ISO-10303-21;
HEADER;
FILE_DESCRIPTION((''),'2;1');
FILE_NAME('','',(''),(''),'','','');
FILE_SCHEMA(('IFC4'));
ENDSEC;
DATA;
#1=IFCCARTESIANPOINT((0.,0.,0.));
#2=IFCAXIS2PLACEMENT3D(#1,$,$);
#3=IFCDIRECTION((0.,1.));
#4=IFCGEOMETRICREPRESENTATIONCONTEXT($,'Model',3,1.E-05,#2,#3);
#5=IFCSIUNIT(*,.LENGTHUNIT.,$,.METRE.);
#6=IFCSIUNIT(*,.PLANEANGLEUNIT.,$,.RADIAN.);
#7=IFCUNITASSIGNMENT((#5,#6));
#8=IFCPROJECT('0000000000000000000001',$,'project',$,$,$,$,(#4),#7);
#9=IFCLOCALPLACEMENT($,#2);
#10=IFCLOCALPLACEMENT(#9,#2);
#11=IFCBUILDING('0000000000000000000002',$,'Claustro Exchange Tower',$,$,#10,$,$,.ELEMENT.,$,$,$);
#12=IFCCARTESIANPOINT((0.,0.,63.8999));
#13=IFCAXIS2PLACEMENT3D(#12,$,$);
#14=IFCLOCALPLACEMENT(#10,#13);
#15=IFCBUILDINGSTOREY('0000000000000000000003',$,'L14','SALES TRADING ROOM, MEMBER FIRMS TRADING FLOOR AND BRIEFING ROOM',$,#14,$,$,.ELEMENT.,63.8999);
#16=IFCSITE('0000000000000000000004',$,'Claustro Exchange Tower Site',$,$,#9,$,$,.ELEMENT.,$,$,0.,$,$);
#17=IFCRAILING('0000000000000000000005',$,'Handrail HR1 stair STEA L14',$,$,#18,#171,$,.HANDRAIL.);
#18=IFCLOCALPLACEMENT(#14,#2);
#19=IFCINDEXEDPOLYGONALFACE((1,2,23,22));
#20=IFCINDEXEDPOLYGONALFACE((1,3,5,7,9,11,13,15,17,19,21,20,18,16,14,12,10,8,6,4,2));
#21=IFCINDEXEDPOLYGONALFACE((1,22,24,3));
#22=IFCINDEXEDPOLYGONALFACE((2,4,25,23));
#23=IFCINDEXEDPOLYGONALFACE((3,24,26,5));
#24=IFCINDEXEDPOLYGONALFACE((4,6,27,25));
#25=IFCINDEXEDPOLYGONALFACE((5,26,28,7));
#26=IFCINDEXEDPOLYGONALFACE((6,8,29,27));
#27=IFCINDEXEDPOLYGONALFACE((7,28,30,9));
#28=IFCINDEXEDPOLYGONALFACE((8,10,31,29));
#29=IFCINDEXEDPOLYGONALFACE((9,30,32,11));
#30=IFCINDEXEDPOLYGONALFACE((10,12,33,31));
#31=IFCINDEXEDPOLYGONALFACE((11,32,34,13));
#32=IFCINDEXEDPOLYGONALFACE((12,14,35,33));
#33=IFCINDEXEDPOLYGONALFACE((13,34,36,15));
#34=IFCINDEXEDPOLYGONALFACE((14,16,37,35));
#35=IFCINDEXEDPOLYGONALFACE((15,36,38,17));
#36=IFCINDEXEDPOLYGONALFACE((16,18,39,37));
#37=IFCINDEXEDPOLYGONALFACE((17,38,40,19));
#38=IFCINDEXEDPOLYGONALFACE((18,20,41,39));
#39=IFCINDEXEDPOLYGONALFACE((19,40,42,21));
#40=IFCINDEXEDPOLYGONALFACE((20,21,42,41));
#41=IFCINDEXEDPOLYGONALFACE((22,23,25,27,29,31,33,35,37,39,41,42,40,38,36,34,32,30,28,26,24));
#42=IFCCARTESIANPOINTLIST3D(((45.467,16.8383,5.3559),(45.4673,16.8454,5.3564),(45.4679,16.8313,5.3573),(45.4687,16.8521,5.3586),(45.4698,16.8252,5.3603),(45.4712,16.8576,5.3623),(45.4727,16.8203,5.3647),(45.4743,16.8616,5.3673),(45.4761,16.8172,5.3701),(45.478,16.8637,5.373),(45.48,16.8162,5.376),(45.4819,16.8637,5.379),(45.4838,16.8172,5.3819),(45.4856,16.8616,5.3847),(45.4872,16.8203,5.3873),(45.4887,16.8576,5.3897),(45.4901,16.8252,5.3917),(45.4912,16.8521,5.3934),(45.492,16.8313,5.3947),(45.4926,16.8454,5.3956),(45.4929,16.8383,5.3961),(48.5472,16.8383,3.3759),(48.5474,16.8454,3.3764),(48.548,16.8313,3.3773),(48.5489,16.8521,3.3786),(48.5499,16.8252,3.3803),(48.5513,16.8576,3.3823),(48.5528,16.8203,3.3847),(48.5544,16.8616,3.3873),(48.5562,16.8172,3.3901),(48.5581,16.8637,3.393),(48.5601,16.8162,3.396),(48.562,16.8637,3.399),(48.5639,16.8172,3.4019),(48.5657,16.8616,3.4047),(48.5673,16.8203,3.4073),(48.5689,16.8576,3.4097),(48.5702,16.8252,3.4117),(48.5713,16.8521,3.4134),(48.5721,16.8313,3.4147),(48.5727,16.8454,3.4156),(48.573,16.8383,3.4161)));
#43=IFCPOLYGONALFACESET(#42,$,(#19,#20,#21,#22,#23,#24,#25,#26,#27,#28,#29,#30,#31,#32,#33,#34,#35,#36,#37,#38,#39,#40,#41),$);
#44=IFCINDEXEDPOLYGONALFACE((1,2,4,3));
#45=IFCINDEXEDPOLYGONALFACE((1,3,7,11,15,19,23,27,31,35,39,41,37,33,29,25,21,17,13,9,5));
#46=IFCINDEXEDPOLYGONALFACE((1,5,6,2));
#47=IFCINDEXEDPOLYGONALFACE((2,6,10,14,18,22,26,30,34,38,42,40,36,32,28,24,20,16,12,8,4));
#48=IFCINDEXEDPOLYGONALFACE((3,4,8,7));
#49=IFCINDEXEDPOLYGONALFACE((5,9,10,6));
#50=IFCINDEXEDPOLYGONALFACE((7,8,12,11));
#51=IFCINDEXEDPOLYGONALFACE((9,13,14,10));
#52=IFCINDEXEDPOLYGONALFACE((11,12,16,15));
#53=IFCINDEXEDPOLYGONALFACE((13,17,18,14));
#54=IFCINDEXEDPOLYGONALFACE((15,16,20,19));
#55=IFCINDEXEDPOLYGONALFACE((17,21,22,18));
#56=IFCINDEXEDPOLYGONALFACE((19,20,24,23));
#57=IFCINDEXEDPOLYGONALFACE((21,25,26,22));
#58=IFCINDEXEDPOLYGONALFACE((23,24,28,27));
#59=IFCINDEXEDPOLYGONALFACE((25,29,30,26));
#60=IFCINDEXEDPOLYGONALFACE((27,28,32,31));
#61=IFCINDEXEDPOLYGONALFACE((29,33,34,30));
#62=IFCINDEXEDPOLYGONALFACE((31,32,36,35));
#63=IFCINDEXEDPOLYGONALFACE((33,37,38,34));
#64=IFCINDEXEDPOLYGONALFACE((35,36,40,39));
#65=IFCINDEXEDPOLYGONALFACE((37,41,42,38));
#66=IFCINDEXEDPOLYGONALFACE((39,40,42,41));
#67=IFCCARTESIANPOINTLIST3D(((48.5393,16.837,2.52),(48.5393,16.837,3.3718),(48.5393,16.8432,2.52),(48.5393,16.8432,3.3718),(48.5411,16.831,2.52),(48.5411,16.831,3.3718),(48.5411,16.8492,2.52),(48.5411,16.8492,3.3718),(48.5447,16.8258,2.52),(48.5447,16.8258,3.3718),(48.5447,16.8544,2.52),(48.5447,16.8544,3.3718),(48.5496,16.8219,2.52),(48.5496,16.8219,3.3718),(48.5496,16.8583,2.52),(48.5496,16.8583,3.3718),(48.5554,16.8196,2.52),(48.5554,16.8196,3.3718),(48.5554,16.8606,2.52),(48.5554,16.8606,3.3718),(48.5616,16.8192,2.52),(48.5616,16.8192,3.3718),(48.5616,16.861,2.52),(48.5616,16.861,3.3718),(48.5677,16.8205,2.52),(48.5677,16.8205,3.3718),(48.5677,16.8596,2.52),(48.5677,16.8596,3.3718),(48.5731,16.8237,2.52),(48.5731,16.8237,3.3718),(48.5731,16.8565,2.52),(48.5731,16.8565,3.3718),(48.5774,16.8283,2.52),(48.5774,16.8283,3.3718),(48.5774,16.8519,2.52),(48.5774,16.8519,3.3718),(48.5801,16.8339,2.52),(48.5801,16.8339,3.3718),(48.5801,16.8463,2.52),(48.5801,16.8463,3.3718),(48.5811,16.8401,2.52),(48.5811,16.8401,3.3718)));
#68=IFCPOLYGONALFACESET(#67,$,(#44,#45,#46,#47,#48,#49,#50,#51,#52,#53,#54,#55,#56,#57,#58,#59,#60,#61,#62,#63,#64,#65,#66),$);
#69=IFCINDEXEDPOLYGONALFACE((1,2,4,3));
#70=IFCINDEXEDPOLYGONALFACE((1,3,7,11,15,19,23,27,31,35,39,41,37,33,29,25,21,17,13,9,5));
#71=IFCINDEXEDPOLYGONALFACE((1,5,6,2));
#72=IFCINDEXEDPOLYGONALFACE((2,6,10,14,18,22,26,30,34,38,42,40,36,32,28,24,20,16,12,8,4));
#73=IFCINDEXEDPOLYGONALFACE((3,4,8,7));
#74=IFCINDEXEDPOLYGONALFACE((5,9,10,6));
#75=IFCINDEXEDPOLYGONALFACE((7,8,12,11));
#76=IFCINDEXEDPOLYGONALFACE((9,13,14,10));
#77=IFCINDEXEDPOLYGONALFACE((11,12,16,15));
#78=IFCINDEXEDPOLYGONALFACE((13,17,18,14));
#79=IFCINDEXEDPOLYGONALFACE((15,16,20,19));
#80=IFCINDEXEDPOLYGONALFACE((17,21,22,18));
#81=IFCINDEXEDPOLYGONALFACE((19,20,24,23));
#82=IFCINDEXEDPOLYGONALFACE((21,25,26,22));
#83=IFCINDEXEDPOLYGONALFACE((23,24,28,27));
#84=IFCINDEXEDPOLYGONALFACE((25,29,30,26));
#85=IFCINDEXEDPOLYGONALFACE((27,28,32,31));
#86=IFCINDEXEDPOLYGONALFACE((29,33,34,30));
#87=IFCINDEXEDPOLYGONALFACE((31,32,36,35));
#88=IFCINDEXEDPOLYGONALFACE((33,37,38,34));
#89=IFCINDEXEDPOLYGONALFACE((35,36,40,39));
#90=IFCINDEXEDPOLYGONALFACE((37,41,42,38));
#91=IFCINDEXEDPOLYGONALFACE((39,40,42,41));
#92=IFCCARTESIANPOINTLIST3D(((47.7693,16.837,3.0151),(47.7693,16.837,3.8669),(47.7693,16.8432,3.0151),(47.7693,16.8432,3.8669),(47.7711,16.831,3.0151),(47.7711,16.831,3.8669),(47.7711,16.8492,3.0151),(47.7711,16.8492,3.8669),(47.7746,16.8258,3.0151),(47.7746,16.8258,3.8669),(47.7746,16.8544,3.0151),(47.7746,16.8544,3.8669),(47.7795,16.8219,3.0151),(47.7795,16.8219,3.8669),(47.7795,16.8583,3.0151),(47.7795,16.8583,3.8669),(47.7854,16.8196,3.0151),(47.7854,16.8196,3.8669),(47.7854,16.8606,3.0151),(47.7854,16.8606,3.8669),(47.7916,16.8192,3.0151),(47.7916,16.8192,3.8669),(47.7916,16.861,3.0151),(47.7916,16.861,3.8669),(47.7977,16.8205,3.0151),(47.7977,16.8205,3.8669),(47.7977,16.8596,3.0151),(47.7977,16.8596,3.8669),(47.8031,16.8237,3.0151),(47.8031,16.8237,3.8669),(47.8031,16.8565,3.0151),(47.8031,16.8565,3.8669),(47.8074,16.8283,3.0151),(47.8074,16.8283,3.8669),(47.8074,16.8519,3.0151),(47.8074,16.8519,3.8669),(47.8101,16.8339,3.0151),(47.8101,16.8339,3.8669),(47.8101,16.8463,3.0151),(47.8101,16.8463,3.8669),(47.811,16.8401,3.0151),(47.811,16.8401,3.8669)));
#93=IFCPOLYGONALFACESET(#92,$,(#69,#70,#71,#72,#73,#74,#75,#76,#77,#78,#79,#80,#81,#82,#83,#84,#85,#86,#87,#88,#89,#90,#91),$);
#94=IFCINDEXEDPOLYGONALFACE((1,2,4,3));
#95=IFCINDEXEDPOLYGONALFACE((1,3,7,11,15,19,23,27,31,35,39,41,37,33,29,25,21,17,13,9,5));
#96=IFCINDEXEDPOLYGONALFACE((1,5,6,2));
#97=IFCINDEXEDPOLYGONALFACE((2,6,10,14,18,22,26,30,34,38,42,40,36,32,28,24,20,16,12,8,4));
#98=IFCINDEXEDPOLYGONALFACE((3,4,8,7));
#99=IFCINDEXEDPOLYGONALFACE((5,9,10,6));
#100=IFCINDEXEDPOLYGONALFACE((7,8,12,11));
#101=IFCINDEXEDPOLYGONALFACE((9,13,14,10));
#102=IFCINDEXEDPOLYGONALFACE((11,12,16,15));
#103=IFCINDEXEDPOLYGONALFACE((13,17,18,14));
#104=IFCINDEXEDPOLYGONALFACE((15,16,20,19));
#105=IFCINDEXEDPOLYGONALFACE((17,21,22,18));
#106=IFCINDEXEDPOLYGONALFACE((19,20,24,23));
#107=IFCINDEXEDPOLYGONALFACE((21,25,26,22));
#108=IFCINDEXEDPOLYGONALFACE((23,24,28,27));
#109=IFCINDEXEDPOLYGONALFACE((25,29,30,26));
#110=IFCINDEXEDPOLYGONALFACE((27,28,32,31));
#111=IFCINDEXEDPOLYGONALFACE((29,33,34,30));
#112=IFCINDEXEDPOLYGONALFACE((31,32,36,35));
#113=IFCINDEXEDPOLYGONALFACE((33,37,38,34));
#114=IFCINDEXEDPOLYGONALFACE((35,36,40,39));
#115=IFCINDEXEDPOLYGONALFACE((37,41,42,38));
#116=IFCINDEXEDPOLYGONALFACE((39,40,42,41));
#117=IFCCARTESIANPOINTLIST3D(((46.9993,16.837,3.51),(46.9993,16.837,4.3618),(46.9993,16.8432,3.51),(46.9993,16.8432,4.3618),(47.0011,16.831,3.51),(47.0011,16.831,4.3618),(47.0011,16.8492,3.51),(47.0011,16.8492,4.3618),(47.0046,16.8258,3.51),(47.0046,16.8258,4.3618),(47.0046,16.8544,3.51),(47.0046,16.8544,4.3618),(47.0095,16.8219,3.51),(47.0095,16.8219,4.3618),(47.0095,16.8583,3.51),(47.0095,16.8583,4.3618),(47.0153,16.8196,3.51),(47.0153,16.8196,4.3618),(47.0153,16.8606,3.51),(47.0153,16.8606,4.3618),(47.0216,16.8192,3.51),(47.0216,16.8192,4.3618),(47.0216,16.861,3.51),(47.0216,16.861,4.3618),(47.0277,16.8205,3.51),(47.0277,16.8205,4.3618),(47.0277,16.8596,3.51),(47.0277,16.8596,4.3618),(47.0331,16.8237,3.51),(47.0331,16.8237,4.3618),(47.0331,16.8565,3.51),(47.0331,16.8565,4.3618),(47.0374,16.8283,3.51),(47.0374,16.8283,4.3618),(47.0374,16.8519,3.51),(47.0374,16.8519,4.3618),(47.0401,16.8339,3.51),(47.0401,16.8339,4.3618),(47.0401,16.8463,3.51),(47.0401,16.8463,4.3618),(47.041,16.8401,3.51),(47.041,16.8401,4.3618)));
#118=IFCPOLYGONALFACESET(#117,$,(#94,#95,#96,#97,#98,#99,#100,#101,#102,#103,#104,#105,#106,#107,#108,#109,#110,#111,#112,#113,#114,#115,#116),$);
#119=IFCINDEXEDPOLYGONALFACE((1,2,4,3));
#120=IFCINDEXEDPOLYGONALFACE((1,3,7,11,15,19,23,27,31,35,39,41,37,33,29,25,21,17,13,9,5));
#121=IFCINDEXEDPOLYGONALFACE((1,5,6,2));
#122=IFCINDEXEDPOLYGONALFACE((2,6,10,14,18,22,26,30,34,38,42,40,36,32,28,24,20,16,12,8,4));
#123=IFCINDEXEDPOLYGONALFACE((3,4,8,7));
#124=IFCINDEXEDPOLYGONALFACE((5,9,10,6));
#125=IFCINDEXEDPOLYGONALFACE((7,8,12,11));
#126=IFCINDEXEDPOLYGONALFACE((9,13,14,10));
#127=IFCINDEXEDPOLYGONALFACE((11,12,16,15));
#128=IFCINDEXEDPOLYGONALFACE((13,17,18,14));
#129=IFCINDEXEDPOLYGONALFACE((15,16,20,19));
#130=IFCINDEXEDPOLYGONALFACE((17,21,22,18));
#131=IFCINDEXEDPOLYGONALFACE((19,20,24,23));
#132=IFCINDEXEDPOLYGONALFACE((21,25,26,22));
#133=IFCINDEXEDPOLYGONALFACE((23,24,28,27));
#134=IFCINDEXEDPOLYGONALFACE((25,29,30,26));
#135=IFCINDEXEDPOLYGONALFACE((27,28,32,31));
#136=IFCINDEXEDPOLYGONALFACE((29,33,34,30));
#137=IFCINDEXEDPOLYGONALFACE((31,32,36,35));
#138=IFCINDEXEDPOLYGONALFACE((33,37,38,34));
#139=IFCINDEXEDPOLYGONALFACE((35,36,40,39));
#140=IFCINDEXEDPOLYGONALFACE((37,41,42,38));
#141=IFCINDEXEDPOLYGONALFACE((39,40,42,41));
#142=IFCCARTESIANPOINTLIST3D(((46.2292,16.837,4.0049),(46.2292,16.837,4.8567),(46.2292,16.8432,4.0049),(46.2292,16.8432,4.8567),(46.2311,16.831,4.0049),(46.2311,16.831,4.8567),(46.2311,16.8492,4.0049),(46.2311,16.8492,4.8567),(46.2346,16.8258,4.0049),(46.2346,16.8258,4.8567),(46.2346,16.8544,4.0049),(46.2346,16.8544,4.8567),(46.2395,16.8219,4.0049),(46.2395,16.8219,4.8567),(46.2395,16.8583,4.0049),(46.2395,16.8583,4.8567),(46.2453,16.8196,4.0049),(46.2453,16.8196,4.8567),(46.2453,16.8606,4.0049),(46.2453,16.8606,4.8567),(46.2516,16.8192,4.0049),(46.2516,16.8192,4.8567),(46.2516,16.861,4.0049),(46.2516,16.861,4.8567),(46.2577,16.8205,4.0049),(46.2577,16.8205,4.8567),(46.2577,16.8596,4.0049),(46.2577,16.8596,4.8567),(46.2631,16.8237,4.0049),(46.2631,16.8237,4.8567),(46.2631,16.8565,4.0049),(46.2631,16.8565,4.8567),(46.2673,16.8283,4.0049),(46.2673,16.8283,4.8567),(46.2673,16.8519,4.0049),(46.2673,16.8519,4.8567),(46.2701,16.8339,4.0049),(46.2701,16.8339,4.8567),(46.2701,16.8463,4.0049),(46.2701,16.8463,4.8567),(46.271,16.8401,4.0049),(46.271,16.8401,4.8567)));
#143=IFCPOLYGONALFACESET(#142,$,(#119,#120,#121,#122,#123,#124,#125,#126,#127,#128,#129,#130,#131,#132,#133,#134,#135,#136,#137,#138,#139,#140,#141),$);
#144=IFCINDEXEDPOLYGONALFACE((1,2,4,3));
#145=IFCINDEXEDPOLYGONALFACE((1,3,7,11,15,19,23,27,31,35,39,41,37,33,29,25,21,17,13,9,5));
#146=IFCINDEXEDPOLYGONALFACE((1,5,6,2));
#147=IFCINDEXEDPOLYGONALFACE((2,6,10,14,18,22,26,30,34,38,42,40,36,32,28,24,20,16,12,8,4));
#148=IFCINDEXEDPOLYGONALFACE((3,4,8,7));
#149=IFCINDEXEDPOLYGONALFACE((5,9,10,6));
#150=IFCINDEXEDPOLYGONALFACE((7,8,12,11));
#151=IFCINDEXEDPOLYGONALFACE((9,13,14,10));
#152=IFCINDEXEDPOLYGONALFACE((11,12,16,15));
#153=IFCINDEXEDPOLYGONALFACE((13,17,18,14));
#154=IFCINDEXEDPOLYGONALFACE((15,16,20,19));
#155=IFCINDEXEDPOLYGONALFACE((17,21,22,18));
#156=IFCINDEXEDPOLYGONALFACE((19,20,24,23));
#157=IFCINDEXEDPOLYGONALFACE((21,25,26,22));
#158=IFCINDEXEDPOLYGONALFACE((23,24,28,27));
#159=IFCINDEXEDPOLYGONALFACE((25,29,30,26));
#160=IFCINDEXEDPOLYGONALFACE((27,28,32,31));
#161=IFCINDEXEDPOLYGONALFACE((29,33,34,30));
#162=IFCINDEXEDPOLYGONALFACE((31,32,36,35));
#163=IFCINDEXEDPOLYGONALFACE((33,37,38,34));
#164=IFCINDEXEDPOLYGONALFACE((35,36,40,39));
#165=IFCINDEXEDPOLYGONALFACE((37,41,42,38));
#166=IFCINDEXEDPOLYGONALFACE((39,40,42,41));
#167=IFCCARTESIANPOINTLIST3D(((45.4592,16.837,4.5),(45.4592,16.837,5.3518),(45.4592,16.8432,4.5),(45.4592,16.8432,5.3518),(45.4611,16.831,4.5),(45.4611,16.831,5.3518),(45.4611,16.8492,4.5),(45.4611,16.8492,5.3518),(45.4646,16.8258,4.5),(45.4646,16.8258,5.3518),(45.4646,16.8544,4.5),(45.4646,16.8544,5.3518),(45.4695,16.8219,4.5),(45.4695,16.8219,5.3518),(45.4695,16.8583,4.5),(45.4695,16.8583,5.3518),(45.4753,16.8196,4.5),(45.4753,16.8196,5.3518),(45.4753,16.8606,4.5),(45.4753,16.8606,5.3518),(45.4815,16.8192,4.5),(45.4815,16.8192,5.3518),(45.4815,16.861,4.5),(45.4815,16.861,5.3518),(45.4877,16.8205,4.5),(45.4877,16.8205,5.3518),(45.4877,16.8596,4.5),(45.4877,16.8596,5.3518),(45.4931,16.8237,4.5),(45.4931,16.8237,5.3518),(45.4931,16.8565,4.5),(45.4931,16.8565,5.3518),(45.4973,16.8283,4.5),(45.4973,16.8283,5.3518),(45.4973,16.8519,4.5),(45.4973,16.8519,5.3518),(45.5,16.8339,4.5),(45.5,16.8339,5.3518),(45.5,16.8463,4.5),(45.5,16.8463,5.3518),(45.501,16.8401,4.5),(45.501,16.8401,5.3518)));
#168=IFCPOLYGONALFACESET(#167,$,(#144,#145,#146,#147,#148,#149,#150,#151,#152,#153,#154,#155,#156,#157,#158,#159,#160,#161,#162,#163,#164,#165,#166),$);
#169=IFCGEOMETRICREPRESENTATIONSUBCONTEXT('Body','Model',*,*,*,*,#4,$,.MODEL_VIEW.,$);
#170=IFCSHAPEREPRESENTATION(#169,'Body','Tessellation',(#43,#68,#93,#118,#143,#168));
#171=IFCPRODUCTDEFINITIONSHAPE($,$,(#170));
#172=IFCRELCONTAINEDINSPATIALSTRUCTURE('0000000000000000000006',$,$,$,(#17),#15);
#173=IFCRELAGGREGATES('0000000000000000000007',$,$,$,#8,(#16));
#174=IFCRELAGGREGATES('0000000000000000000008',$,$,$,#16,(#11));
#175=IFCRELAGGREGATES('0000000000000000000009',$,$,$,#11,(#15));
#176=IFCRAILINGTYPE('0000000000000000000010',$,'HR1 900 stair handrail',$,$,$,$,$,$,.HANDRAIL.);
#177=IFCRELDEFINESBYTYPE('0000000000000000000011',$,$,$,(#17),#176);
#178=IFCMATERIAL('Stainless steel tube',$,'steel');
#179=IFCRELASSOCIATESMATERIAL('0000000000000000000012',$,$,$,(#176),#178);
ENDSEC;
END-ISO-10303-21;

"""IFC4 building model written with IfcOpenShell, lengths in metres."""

from ifc_helpers import new_model, si_unit, direction, frame, origin, origin_2d, place, context, subcontext, project, spatial, circle, extrude, material, type_object, element, save


model = new_model("IFC4")

# Units and contexts
model_context = context("Model", 3, precision=1e-05, world=origin(), true_north=direction((0.0, 1.0)))
body_context = subcontext(model_context, "Body", "Model", "MODEL_VIEW")
ifc_project = project(units=[si_unit("LENGTHUNIT", "METRE"), si_unit("PLANEANGLEUNIT", "RADIAN")], contexts=[model_context])

# Site, building, storey
site_placement = place(None, origin())
site = spatial("IfcSite", under=ifc_project, at=site_placement, Name="Claustro Exchange Tower Site", CompositionType="ELEMENT", RefElevation=0.0)
building_placement = place(site_placement, origin())
building = spatial("IfcBuilding", under=site, at=building_placement, Name="Claustro Exchange Tower", CompositionType="ELEMENT")
storey_placement = place(building_placement, frame((0.0, 0.0, 63.8999)))
storey = spatial("IfcBuildingStorey", under=building, at=storey_placement, Name="L14", Description="SALES TRADING ROOM, MEMBER FIRMS TRADING FLOOR AND BRIEFING ROOM", CompositionType="ELEMENT", Elevation=63.8999)

# Railing
ifc_material_1 = material(Name="Stainless steel tube", Category="steel")
railing_type_1 = type_object("IfcRailingType", Name="HR1 900 stair handrail", PredefinedType="HANDRAIL", material=ifc_material_1)
railing_1_placement = place(storey_placement, frame((48.5601, 16.8401, 2.52)))
element("IfcRailing", 1, at=railing_1_placement, inside=storey, type_object=railing_type_1, Name="Handrail HR1 stair STEA L14", PredefinedType="HANDRAIL", context=body_context, shape_type="SweptSolid", body=[
    extrude(circle(Radius=0.0239, at=origin_2d()), frame((0.0, 0.0, 0.876), z_axis=(-0.841187, 0.0, 0.540744), x_axis=(0.0, -1.0, 0.0)), (0.0, 0.0, 1.0), 3.6616),
    extrude(circle(Radius=0.021, at=origin_2d()), origin(), (0.0, 0.0, 1.0), 0.8518),
    extrude(circle(Radius=0.021, at=origin_2d()), frame((-0.77, 0.0, 0.4951)), (0.0, 0.0, 1.0), 0.8518),
    extrude(circle(Radius=0.021, at=origin_2d()), frame((-1.54, 0.0, 0.99)), (0.0, 0.0, 1.0), 0.8518),
    extrude(circle(Radius=0.021, at=origin_2d()), frame((-2.3101, 0.0, 1.4849)), (0.0, 0.0, 1.0), 0.8518),
    extrude(circle(Radius=0.021, at=origin_2d()), frame((-3.0801, 0.0, 1.98)), (0.0, 0.0, 1.0), 0.8518),
])

save(model, "model.ifc")
